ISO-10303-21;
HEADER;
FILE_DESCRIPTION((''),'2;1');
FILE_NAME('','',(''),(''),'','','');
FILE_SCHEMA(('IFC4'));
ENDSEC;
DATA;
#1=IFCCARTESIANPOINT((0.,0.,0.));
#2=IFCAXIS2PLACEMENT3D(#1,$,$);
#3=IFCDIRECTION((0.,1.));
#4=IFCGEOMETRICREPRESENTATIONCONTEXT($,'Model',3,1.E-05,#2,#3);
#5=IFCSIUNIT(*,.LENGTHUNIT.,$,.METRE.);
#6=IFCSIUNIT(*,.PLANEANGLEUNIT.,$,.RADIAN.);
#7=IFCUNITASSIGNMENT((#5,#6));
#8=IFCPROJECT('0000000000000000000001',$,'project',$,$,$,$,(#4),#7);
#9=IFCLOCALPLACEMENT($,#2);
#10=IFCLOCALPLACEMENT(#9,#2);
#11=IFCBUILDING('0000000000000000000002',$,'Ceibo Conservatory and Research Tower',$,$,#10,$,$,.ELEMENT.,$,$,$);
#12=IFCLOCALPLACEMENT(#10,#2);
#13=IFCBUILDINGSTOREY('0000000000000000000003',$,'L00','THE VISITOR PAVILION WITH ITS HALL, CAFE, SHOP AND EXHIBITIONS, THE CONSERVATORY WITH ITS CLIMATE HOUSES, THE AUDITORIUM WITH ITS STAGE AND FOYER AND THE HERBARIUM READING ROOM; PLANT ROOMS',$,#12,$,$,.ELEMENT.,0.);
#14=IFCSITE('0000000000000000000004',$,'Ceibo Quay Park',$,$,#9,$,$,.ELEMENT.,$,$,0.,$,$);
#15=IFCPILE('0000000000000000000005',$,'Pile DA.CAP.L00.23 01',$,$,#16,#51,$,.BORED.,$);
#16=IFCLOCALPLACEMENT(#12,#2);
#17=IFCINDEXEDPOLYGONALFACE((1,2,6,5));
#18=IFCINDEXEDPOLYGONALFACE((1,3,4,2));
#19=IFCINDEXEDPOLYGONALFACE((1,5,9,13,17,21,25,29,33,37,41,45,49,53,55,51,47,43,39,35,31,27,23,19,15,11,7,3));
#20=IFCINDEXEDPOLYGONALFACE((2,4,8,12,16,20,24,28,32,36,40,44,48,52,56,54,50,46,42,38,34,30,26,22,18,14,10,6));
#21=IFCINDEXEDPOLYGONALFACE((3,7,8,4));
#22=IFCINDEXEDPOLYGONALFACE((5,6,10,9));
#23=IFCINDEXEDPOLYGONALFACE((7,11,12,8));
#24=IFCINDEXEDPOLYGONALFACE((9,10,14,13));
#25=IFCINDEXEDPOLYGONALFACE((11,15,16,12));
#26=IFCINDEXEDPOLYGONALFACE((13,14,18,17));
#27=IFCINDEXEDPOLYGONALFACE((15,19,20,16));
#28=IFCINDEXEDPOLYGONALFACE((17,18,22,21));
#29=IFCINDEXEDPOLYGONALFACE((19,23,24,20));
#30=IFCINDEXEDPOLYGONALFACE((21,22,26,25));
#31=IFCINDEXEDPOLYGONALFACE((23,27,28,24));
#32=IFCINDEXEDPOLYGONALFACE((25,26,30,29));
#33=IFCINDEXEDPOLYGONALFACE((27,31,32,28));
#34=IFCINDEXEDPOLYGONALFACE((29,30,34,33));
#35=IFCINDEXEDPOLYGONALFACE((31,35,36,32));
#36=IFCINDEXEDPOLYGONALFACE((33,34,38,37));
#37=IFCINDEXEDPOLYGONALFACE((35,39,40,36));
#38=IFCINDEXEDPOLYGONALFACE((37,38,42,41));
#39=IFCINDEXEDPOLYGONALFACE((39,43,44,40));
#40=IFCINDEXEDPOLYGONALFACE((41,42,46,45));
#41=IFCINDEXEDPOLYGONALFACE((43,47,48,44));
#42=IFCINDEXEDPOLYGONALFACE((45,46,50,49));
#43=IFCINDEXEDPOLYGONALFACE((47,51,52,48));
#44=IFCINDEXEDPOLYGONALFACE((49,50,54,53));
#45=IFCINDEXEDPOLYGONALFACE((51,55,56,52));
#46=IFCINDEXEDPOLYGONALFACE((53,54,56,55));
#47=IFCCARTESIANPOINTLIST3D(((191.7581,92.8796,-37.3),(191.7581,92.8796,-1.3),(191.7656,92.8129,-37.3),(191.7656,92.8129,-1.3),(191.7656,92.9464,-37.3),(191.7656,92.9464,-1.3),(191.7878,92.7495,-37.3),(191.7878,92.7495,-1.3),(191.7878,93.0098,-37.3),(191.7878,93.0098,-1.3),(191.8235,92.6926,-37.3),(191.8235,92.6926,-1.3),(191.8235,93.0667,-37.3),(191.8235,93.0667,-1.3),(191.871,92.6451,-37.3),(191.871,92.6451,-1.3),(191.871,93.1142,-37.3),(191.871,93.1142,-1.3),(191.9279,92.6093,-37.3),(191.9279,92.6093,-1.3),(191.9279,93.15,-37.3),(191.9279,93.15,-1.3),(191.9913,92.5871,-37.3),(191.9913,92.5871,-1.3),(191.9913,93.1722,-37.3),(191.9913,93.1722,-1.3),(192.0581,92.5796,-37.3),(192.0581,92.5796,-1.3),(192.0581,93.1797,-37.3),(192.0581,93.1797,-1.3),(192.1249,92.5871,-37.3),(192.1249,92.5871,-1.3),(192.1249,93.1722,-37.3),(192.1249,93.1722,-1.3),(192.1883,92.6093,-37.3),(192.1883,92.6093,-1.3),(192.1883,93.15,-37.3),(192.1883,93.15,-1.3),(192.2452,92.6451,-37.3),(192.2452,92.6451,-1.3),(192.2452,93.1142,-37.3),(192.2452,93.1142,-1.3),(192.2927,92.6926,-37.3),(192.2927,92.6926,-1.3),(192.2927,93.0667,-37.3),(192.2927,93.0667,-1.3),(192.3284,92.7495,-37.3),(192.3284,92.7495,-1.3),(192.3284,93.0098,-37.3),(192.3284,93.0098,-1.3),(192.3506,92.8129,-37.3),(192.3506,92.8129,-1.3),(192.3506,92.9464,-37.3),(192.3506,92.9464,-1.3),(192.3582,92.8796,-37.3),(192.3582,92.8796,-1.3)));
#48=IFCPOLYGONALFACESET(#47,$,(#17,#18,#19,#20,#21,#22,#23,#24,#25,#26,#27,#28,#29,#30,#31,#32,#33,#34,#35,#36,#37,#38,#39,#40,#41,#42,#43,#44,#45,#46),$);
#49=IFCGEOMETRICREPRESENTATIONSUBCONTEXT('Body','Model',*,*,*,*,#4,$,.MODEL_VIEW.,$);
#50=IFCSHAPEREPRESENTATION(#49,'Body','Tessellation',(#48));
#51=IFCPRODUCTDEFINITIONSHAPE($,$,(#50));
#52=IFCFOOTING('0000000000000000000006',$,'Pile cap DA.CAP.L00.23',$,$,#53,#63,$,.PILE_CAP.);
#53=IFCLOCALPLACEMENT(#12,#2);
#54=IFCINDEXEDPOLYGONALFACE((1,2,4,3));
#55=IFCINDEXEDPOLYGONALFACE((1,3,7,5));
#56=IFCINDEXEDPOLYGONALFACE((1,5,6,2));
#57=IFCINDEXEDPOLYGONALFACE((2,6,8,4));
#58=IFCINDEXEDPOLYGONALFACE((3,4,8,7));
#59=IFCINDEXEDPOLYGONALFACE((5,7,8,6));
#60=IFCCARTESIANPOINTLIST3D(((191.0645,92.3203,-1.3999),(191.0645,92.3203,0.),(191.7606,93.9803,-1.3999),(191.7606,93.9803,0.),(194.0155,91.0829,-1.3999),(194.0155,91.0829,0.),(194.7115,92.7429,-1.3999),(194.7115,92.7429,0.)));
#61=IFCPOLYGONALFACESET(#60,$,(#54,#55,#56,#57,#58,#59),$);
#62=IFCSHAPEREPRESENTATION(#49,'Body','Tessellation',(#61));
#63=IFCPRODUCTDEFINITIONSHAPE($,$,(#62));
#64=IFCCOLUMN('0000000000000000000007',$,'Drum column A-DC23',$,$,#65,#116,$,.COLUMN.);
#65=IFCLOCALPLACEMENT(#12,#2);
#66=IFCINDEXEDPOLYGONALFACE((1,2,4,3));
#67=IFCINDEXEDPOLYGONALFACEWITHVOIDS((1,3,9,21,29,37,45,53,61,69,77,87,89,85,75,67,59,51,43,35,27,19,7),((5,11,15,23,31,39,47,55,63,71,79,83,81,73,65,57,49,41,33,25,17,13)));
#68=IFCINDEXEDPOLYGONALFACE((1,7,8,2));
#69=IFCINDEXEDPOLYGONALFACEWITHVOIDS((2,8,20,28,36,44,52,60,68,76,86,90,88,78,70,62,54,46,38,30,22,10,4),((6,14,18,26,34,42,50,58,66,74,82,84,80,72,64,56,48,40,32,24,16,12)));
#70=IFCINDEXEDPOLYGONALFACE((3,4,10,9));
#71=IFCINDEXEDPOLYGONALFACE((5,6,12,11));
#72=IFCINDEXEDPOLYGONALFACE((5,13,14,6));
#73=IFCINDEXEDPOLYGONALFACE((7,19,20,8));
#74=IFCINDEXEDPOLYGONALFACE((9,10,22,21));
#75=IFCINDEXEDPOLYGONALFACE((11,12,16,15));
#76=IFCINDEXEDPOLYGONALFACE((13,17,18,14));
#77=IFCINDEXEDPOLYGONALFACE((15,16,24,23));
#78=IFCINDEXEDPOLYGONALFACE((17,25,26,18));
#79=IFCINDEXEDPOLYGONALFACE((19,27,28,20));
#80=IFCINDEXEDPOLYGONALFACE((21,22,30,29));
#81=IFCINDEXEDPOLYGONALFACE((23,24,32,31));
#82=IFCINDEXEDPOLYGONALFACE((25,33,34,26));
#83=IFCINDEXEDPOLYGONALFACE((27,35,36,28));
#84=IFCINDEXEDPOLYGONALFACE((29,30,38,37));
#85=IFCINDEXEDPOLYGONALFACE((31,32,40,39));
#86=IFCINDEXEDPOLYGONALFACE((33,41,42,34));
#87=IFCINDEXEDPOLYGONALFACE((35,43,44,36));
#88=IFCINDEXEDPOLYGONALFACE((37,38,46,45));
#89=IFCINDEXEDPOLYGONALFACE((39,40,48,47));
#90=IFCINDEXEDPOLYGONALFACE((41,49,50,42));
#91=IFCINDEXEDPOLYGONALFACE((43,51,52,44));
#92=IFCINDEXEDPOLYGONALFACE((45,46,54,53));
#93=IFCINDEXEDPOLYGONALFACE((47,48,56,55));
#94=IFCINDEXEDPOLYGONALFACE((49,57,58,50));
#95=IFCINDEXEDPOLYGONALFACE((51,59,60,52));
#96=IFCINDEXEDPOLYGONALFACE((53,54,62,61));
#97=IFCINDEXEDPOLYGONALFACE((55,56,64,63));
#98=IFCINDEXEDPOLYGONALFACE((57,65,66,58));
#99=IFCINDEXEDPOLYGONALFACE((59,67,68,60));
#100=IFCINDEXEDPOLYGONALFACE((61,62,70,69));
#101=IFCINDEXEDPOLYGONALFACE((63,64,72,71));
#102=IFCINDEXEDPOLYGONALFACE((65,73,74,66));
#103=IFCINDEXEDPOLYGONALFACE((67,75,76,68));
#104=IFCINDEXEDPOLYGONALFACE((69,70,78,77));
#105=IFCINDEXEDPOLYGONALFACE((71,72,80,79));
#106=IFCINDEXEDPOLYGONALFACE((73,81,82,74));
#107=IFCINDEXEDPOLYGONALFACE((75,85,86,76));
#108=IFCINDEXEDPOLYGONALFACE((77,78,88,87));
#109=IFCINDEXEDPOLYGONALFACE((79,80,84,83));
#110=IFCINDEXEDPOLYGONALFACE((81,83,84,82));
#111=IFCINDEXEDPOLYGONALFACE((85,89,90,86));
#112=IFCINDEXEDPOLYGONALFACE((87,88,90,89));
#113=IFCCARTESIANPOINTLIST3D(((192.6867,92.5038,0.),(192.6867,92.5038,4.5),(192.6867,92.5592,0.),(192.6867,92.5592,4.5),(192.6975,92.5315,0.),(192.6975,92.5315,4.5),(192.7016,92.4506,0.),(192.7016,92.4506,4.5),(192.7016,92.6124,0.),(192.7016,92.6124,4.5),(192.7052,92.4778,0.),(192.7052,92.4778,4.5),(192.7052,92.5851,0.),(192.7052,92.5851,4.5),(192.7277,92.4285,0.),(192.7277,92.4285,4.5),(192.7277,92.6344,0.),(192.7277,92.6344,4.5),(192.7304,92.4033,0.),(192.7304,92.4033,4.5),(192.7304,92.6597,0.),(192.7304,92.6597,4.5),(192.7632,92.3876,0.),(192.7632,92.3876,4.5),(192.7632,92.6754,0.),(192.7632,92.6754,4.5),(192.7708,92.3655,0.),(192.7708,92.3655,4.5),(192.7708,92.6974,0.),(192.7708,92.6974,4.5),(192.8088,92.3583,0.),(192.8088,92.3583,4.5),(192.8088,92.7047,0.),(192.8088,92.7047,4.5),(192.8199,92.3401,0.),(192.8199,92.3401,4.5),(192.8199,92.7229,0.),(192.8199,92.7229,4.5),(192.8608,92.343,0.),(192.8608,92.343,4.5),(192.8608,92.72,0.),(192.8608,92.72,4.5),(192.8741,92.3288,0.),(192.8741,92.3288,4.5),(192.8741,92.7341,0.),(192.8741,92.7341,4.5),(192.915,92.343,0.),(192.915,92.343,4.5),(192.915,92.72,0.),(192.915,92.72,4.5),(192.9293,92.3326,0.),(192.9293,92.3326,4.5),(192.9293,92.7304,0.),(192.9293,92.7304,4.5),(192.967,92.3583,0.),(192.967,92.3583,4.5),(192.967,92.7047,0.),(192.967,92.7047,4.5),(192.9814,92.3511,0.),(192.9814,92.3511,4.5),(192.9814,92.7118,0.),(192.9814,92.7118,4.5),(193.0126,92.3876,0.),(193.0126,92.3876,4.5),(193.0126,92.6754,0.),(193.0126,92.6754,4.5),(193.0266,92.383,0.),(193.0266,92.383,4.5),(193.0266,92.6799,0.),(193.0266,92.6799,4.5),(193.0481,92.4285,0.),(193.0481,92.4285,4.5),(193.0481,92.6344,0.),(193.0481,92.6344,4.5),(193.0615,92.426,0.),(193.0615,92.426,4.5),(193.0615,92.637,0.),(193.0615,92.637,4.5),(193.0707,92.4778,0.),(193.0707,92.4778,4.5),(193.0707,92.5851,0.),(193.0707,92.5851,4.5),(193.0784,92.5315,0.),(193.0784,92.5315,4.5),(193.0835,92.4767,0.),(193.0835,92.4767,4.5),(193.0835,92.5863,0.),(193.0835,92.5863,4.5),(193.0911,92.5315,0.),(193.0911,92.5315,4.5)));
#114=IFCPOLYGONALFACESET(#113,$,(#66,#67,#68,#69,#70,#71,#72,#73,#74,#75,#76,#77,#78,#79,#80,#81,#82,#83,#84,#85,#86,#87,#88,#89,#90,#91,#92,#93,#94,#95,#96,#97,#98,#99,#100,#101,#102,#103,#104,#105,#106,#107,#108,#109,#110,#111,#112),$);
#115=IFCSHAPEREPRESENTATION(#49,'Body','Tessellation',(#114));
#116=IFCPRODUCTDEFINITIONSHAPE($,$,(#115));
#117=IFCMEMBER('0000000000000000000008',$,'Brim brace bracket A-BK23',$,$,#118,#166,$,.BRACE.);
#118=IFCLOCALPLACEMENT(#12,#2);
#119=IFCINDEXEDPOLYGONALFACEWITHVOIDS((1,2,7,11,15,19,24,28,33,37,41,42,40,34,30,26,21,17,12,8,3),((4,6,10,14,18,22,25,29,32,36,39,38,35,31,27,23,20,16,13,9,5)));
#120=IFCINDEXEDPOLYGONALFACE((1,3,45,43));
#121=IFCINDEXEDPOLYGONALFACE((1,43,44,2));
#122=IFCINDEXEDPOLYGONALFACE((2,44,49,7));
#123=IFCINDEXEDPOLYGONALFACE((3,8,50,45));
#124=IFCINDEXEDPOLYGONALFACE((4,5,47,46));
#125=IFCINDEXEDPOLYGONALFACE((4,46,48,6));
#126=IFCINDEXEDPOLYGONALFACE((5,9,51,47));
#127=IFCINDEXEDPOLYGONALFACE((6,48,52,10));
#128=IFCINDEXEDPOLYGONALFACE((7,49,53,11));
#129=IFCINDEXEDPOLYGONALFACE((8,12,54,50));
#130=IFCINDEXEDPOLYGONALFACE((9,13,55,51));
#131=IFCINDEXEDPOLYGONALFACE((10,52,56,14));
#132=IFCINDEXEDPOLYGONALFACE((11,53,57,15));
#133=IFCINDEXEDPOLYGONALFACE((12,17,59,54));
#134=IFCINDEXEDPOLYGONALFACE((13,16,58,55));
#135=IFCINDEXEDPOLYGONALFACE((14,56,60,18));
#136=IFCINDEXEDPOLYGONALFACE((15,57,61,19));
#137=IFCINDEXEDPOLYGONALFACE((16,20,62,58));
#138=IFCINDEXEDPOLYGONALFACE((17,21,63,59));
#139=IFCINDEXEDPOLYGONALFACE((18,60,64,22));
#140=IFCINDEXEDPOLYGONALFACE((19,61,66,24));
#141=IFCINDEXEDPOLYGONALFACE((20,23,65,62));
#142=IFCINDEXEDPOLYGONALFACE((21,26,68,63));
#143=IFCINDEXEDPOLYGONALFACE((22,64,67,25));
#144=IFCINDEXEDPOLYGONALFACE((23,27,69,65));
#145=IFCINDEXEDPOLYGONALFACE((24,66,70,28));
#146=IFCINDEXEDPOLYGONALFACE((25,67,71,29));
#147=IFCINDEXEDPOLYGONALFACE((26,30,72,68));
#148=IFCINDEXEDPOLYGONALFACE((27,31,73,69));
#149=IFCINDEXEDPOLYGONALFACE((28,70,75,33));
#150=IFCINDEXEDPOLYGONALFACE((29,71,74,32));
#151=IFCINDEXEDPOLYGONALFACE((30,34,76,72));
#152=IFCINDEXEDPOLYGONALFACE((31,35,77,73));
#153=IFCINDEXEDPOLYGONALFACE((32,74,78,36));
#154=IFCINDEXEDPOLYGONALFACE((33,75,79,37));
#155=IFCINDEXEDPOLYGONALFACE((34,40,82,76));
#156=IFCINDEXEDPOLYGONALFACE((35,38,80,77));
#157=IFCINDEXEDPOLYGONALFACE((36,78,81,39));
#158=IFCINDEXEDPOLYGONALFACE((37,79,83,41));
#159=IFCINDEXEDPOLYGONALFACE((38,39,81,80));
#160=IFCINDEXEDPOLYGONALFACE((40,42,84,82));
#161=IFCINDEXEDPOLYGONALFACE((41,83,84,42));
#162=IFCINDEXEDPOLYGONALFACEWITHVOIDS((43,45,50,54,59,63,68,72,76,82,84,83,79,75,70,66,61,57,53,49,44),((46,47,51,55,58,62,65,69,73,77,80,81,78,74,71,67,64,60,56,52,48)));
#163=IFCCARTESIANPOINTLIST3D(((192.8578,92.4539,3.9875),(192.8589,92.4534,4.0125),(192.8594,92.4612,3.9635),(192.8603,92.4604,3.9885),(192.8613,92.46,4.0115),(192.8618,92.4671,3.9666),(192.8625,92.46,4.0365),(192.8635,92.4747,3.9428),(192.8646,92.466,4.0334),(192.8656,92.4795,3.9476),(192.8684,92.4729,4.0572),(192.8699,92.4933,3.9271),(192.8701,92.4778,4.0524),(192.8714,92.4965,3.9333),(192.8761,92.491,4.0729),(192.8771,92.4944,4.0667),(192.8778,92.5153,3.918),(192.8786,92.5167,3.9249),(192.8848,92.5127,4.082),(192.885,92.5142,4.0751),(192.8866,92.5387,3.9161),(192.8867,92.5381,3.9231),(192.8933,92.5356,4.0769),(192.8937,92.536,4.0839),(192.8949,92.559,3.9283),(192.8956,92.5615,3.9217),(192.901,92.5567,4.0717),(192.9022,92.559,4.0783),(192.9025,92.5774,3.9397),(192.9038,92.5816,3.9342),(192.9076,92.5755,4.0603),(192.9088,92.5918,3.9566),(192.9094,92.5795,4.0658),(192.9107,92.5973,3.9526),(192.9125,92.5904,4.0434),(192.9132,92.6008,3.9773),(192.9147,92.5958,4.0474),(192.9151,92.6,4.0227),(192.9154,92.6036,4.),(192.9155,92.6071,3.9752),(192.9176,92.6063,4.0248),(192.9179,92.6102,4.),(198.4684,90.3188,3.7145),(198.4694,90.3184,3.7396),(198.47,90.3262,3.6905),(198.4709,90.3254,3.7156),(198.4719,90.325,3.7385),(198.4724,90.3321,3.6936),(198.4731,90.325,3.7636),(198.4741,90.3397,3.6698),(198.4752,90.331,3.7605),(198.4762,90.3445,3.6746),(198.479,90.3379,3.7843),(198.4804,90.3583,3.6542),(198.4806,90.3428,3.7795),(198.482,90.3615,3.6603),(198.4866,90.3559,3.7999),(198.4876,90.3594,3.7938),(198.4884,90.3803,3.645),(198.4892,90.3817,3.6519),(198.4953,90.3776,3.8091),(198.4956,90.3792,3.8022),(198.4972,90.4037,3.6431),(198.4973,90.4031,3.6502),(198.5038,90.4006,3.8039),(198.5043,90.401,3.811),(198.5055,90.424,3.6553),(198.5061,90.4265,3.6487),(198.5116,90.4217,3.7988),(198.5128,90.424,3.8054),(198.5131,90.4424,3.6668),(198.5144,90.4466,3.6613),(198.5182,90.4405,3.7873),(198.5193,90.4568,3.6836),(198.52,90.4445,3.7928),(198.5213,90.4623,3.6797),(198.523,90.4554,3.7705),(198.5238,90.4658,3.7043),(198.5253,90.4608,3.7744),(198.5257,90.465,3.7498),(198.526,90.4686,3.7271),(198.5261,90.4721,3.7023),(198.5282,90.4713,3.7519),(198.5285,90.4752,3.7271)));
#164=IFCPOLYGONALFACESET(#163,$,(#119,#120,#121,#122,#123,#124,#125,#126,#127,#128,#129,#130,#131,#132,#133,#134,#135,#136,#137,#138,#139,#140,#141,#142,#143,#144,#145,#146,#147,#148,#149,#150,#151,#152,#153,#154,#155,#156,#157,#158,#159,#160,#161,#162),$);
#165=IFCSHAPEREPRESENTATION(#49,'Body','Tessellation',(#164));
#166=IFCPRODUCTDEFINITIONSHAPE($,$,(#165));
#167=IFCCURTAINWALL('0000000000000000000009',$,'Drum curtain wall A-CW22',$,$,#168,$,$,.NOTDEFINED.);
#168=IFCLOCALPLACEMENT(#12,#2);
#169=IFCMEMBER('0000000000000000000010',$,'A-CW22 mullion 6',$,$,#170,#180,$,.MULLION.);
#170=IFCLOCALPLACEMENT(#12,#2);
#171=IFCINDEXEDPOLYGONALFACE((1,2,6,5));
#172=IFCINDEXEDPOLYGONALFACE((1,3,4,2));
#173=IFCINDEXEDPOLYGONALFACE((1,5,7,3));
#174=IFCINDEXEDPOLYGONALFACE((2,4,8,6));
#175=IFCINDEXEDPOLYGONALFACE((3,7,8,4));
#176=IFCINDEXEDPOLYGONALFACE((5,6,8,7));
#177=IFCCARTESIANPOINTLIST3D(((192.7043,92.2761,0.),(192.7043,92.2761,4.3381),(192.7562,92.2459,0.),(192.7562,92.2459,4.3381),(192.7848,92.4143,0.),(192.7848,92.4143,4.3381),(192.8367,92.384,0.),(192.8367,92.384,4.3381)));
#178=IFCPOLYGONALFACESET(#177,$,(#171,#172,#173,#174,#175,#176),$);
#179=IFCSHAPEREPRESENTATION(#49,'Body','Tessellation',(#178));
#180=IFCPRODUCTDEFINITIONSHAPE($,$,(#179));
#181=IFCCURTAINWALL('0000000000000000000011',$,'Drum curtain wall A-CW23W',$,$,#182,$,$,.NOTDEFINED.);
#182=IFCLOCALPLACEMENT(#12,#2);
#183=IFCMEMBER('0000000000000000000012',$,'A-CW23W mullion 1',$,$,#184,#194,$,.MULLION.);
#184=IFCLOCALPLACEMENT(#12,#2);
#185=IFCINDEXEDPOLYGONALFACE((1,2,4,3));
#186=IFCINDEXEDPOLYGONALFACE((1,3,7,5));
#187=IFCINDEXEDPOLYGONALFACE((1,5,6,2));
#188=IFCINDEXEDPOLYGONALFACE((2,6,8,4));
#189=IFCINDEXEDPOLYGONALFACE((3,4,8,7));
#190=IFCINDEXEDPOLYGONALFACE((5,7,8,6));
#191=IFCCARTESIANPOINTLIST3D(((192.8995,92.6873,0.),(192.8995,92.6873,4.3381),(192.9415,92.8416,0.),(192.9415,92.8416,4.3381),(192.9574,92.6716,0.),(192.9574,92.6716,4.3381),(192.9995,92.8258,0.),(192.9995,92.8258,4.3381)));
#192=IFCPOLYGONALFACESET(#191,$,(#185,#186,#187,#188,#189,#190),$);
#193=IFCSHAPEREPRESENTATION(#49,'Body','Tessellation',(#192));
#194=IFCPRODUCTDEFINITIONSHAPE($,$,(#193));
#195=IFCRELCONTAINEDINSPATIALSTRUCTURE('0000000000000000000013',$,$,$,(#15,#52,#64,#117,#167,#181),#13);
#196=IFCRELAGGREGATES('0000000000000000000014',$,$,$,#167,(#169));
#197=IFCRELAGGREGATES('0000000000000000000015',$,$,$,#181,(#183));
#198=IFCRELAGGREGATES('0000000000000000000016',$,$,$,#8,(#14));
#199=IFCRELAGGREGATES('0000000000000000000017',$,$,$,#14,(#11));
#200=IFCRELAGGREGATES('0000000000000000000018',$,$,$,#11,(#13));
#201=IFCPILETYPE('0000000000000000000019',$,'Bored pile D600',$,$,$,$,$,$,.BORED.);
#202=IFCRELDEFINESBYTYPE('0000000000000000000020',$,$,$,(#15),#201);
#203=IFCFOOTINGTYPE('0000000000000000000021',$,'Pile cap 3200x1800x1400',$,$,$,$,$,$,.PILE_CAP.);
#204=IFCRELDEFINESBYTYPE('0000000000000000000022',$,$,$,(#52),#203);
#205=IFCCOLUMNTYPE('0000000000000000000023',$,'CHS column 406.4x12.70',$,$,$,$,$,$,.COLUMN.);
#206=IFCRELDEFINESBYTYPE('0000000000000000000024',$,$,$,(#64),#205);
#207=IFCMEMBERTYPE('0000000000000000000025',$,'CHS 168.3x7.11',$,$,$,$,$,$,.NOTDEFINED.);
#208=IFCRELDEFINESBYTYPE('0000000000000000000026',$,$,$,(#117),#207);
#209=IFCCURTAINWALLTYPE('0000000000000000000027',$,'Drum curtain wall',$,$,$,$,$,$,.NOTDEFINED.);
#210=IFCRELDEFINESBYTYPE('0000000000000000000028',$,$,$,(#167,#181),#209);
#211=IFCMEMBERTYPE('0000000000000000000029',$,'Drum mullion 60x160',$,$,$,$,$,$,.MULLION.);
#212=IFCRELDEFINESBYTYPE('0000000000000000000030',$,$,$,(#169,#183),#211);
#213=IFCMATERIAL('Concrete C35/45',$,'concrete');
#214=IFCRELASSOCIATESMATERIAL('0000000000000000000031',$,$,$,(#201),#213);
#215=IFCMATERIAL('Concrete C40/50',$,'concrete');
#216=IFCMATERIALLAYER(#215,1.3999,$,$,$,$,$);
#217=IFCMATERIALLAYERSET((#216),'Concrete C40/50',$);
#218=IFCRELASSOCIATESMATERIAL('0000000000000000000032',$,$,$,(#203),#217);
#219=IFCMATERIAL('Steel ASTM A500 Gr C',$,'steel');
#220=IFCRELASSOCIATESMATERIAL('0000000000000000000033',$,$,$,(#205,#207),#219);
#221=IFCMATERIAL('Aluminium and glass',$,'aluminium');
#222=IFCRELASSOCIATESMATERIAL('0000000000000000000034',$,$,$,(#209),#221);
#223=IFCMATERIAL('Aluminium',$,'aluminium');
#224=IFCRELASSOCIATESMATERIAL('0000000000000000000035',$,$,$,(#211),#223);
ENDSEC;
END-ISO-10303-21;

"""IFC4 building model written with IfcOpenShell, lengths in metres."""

from ifc_helpers import new_model, si_unit, direction, frame, origin, origin_2d, place, context, subcontext, project, spatial, polyline, rectangle, circle, hollow_circle, outline, extrude, material, layer, layer_set, material_profile, profile_set, type_object, element, aggregate, save


model = new_model("IFC4")

# Units and contexts
model_context = context("Model", 3, precision=1e-05, world=origin(), true_north=direction((0.0, 1.0)))
body_context = subcontext(model_context, "Body", "Model", "MODEL_VIEW")
ifc_project = project(units=[si_unit("LENGTHUNIT", "METRE"), si_unit("PLANEANGLEUNIT", "RADIAN")], contexts=[model_context])

# Site, building, storey
site_placement = place(None, origin())
site = spatial("IfcSite", under=ifc_project, at=site_placement, Name="Ceibo Quay Park", CompositionType="ELEMENT", RefElevation=0.0)
building_placement = place(site_placement, origin())
building = spatial("IfcBuilding", under=site, at=building_placement, Name="Ceibo Conservatory and Research Tower", CompositionType="ELEMENT")
storey_placement = place(building_placement, origin())
storey = spatial("IfcBuildingStorey", under=building, at=storey_placement, Name="L00", Description="THE VISITOR PAVILION WITH ITS HALL, CAFE, SHOP AND EXHIBITIONS, THE CONSERVATORY WITH ITS CLIMATE HOUSES, THE AUDITORIUM WITH ITS STAGE AND FOYER AND THE HERBARIUM READING ROOM; PLANT ROOMS", CompositionType="ELEMENT", Elevation=0.0)

# Pile
ifc_material_1 = material(Name="Concrete C35/45", Category="concrete")
ifc_material_profile_1 = material_profile(ifc_material_1, circle(Radius=0.3, at=origin_2d()), Name="RC D600")
ifc_profile_set_1 = profile_set([ifc_material_profile_1], Name="Concrete C35/45")
pile_type = type_object("IfcPileType", Name="Bored pile D600", PredefinedType="BORED", material=ifc_profile_set_1)
pile_placement = place(storey_placement, frame((192.0581, 92.8796, -1.3), z_axis=(0.0, 0.0, -1.0), x_axis=(1.0, 0.0, 0.0)))
element("IfcPile", 1, at=pile_placement, inside=storey, type_object=pile_type, Name="Pile DA.CAP.L00.23 01", PredefinedType="BORED", context=body_context, shape_type="SweptSolid", body=[
    extrude(circle(Radius=0.3, at=origin_2d()), origin(), (0.0, 0.0, 1.0), 36.0),
])

# Footing
ifc_material_2 = material(Name="Concrete C40/50", Category="concrete")
ifc_layer_1 = layer(ifc_material_2, 1.3999)
ifc_layer_set_1 = layer_set([ifc_layer_1], Name="Concrete C40/50")
footing_type = type_object("IfcFootingType", Name="Pile cap 3200x1800x1400", PredefinedType="PILE_CAP", material=ifc_layer_set_1)
footing_placement = place(storey_placement, frame((191.0645, 92.3203, -1.3999), z_axis=(0.0, 0.0, 1.0), x_axis=(0.922201, -0.386711, 0.0)))
element("IfcFooting", 2, at=footing_placement, inside=storey, type_object=footing_type, Name="Pile cap DA.CAP.L00.23", PredefinedType="PILE_CAP", context=body_context, shape_type="SweptSolid", body=[
    extrude(outline(polyline([(0.0, 0.0), (3.2, 0.0), (3.2, 1.8), (0.0, 1.8), (0.0, 0.0)])), origin(), (0.0, 0.0, 1.0), 1.3999),
])

# Column
ifc_material_3 = material(Name="Steel ASTM A500 Gr C", Category="steel")
ifc_material_profile_2 = material_profile(ifc_material_3, hollow_circle(Radius=0.2031, WallThickness=0.0127, at=origin_2d()), Name="CHS column 406.4x12.70")
ifc_profile_set_2 = profile_set([ifc_material_profile_2], Name="Steel ASTM A500 Gr C")
column_type = type_object("IfcColumnType", Name="CHS column 406.4x12.70", PredefinedType="COLUMN", material=ifc_profile_set_2)
column_placement = place(storey_placement, frame((192.8879, 92.5315, 0.0), z_axis=(0.0, 0.0, 1.0), x_axis=(1.0, 0.0, 0.0)))
element("IfcColumn", 3, at=column_placement, inside=storey, type_object=column_type, Name="Drum column A-DC23", PredefinedType="COLUMN", context=body_context, shape_type="SweptSolid", body=[
    extrude(hollow_circle(Radius=0.2031, WallThickness=0.0127, at=origin_2d()), origin(), (0.0, 0.0, 1.0), 4.5),
])

# Member
ifc_material_profile_3 = material_profile(ifc_material_3, hollow_circle(Radius=0.0842, WallThickness=0.0071, at=origin_2d()), Name="CHS 168.3x7.11")
ifc_profile_set_3 = profile_set([ifc_material_profile_3], Name="Steel ASTM A500 Gr C")
member_type_1 = type_object("IfcMemberType", Name="CHS 168.3x7.11", PredefinedType="NOTDEFINED", material=ifc_profile_set_3)
member_1_placement = place(storey_placement, frame((192.8879, 92.5315, 4.0), z_axis=(0.933654, -0.355285, -0.045421), x_axis=(0.355652, 0.934618, 0.0)))
element("IfcMember", 4, at=member_1_placement, inside=storey, type_object=member_type_1, Name="Brim brace bracket A-BK23", PredefinedType="BRACE", context=body_context, shape_type="SweptSolid", body=[
    extrude(hollow_circle(Radius=0.0842, WallThickness=0.0071, at=origin_2d()), origin(), (0.0, 0.0, 1.0), 6.0093),
])

# Curtain wall, member
ifc_material_4 = material(Name="Aluminium and glass", Category="aluminium")
curtain_wall_type = type_object("IfcCurtainWallType", Name="Drum curtain wall", PredefinedType="NOTDEFINED", material=ifc_material_4)
curtain_wall_1_placement = place(storey_placement, origin())
curtain_wall_1 = element("IfcCurtainWall", 5, at=curtain_wall_1_placement, inside=storey, type_object=curtain_wall_type, Name="Drum curtain wall A-CW22", PredefinedType="NOTDEFINED")
ifc_material_5 = material(Name="Aluminium", Category="aluminium")
ifc_material_profile_4 = material_profile(ifc_material_5, rectangle(XDim=0.0601, YDim=0.1599, at=origin_2d()), Name="AL 60x160")
ifc_profile_set_4 = profile_set([ifc_material_profile_4], Name="Aluminium")
member_type_2 = type_object("IfcMemberType", Name="Drum mullion 60x160", PredefinedType="MULLION", material=ifc_profile_set_4)
member_2_placement = place(storey_placement, frame((192.7705, 92.3301, 0.0), z_axis=(0.0, 0.0, 1.0), x_axis=(-0.863836, 0.503774, 0.0)))
member_2 = element("IfcMember", 6, at=member_2_placement, type_object=member_type_2, Name="A-CW22 mullion 6", PredefinedType="MULLION", context=body_context, shape_type="SweptSolid", body=[
    extrude(rectangle(XDim=0.0601, YDim=0.1599, at=origin_2d()), origin(), (0.0, 0.0, 1.0), 4.3381),
])
aggregate(curtain_wall_1, [member_2])

# Curtain wall, member
curtain_wall_2_placement = place(storey_placement, origin())
curtain_wall_2 = element("IfcCurtainWall", 7, at=curtain_wall_2_placement, inside=storey, type_object=curtain_wall_type, Name="Drum curtain wall A-CW23W", PredefinedType="NOTDEFINED")
member_3_placement = place(storey_placement, frame((192.9495, 92.7566, 0.0), z_axis=(0.0, 0.0, 1.0), x_axis=(-0.964787, 0.263031, 0.0)))
member_3 = element("IfcMember", 8, at=member_3_placement, type_object=member_type_2, Name="A-CW23W mullion 1", PredefinedType="MULLION", context=body_context, shape_type="SweptSolid", body=[
    extrude(rectangle(XDim=0.0601, YDim=0.1599, at=origin_2d()), origin(), (0.0, 0.0, 1.0), 4.3381),
])

aggregate(curtain_wall_2, [member_3])

save(model, "model.ifc")
